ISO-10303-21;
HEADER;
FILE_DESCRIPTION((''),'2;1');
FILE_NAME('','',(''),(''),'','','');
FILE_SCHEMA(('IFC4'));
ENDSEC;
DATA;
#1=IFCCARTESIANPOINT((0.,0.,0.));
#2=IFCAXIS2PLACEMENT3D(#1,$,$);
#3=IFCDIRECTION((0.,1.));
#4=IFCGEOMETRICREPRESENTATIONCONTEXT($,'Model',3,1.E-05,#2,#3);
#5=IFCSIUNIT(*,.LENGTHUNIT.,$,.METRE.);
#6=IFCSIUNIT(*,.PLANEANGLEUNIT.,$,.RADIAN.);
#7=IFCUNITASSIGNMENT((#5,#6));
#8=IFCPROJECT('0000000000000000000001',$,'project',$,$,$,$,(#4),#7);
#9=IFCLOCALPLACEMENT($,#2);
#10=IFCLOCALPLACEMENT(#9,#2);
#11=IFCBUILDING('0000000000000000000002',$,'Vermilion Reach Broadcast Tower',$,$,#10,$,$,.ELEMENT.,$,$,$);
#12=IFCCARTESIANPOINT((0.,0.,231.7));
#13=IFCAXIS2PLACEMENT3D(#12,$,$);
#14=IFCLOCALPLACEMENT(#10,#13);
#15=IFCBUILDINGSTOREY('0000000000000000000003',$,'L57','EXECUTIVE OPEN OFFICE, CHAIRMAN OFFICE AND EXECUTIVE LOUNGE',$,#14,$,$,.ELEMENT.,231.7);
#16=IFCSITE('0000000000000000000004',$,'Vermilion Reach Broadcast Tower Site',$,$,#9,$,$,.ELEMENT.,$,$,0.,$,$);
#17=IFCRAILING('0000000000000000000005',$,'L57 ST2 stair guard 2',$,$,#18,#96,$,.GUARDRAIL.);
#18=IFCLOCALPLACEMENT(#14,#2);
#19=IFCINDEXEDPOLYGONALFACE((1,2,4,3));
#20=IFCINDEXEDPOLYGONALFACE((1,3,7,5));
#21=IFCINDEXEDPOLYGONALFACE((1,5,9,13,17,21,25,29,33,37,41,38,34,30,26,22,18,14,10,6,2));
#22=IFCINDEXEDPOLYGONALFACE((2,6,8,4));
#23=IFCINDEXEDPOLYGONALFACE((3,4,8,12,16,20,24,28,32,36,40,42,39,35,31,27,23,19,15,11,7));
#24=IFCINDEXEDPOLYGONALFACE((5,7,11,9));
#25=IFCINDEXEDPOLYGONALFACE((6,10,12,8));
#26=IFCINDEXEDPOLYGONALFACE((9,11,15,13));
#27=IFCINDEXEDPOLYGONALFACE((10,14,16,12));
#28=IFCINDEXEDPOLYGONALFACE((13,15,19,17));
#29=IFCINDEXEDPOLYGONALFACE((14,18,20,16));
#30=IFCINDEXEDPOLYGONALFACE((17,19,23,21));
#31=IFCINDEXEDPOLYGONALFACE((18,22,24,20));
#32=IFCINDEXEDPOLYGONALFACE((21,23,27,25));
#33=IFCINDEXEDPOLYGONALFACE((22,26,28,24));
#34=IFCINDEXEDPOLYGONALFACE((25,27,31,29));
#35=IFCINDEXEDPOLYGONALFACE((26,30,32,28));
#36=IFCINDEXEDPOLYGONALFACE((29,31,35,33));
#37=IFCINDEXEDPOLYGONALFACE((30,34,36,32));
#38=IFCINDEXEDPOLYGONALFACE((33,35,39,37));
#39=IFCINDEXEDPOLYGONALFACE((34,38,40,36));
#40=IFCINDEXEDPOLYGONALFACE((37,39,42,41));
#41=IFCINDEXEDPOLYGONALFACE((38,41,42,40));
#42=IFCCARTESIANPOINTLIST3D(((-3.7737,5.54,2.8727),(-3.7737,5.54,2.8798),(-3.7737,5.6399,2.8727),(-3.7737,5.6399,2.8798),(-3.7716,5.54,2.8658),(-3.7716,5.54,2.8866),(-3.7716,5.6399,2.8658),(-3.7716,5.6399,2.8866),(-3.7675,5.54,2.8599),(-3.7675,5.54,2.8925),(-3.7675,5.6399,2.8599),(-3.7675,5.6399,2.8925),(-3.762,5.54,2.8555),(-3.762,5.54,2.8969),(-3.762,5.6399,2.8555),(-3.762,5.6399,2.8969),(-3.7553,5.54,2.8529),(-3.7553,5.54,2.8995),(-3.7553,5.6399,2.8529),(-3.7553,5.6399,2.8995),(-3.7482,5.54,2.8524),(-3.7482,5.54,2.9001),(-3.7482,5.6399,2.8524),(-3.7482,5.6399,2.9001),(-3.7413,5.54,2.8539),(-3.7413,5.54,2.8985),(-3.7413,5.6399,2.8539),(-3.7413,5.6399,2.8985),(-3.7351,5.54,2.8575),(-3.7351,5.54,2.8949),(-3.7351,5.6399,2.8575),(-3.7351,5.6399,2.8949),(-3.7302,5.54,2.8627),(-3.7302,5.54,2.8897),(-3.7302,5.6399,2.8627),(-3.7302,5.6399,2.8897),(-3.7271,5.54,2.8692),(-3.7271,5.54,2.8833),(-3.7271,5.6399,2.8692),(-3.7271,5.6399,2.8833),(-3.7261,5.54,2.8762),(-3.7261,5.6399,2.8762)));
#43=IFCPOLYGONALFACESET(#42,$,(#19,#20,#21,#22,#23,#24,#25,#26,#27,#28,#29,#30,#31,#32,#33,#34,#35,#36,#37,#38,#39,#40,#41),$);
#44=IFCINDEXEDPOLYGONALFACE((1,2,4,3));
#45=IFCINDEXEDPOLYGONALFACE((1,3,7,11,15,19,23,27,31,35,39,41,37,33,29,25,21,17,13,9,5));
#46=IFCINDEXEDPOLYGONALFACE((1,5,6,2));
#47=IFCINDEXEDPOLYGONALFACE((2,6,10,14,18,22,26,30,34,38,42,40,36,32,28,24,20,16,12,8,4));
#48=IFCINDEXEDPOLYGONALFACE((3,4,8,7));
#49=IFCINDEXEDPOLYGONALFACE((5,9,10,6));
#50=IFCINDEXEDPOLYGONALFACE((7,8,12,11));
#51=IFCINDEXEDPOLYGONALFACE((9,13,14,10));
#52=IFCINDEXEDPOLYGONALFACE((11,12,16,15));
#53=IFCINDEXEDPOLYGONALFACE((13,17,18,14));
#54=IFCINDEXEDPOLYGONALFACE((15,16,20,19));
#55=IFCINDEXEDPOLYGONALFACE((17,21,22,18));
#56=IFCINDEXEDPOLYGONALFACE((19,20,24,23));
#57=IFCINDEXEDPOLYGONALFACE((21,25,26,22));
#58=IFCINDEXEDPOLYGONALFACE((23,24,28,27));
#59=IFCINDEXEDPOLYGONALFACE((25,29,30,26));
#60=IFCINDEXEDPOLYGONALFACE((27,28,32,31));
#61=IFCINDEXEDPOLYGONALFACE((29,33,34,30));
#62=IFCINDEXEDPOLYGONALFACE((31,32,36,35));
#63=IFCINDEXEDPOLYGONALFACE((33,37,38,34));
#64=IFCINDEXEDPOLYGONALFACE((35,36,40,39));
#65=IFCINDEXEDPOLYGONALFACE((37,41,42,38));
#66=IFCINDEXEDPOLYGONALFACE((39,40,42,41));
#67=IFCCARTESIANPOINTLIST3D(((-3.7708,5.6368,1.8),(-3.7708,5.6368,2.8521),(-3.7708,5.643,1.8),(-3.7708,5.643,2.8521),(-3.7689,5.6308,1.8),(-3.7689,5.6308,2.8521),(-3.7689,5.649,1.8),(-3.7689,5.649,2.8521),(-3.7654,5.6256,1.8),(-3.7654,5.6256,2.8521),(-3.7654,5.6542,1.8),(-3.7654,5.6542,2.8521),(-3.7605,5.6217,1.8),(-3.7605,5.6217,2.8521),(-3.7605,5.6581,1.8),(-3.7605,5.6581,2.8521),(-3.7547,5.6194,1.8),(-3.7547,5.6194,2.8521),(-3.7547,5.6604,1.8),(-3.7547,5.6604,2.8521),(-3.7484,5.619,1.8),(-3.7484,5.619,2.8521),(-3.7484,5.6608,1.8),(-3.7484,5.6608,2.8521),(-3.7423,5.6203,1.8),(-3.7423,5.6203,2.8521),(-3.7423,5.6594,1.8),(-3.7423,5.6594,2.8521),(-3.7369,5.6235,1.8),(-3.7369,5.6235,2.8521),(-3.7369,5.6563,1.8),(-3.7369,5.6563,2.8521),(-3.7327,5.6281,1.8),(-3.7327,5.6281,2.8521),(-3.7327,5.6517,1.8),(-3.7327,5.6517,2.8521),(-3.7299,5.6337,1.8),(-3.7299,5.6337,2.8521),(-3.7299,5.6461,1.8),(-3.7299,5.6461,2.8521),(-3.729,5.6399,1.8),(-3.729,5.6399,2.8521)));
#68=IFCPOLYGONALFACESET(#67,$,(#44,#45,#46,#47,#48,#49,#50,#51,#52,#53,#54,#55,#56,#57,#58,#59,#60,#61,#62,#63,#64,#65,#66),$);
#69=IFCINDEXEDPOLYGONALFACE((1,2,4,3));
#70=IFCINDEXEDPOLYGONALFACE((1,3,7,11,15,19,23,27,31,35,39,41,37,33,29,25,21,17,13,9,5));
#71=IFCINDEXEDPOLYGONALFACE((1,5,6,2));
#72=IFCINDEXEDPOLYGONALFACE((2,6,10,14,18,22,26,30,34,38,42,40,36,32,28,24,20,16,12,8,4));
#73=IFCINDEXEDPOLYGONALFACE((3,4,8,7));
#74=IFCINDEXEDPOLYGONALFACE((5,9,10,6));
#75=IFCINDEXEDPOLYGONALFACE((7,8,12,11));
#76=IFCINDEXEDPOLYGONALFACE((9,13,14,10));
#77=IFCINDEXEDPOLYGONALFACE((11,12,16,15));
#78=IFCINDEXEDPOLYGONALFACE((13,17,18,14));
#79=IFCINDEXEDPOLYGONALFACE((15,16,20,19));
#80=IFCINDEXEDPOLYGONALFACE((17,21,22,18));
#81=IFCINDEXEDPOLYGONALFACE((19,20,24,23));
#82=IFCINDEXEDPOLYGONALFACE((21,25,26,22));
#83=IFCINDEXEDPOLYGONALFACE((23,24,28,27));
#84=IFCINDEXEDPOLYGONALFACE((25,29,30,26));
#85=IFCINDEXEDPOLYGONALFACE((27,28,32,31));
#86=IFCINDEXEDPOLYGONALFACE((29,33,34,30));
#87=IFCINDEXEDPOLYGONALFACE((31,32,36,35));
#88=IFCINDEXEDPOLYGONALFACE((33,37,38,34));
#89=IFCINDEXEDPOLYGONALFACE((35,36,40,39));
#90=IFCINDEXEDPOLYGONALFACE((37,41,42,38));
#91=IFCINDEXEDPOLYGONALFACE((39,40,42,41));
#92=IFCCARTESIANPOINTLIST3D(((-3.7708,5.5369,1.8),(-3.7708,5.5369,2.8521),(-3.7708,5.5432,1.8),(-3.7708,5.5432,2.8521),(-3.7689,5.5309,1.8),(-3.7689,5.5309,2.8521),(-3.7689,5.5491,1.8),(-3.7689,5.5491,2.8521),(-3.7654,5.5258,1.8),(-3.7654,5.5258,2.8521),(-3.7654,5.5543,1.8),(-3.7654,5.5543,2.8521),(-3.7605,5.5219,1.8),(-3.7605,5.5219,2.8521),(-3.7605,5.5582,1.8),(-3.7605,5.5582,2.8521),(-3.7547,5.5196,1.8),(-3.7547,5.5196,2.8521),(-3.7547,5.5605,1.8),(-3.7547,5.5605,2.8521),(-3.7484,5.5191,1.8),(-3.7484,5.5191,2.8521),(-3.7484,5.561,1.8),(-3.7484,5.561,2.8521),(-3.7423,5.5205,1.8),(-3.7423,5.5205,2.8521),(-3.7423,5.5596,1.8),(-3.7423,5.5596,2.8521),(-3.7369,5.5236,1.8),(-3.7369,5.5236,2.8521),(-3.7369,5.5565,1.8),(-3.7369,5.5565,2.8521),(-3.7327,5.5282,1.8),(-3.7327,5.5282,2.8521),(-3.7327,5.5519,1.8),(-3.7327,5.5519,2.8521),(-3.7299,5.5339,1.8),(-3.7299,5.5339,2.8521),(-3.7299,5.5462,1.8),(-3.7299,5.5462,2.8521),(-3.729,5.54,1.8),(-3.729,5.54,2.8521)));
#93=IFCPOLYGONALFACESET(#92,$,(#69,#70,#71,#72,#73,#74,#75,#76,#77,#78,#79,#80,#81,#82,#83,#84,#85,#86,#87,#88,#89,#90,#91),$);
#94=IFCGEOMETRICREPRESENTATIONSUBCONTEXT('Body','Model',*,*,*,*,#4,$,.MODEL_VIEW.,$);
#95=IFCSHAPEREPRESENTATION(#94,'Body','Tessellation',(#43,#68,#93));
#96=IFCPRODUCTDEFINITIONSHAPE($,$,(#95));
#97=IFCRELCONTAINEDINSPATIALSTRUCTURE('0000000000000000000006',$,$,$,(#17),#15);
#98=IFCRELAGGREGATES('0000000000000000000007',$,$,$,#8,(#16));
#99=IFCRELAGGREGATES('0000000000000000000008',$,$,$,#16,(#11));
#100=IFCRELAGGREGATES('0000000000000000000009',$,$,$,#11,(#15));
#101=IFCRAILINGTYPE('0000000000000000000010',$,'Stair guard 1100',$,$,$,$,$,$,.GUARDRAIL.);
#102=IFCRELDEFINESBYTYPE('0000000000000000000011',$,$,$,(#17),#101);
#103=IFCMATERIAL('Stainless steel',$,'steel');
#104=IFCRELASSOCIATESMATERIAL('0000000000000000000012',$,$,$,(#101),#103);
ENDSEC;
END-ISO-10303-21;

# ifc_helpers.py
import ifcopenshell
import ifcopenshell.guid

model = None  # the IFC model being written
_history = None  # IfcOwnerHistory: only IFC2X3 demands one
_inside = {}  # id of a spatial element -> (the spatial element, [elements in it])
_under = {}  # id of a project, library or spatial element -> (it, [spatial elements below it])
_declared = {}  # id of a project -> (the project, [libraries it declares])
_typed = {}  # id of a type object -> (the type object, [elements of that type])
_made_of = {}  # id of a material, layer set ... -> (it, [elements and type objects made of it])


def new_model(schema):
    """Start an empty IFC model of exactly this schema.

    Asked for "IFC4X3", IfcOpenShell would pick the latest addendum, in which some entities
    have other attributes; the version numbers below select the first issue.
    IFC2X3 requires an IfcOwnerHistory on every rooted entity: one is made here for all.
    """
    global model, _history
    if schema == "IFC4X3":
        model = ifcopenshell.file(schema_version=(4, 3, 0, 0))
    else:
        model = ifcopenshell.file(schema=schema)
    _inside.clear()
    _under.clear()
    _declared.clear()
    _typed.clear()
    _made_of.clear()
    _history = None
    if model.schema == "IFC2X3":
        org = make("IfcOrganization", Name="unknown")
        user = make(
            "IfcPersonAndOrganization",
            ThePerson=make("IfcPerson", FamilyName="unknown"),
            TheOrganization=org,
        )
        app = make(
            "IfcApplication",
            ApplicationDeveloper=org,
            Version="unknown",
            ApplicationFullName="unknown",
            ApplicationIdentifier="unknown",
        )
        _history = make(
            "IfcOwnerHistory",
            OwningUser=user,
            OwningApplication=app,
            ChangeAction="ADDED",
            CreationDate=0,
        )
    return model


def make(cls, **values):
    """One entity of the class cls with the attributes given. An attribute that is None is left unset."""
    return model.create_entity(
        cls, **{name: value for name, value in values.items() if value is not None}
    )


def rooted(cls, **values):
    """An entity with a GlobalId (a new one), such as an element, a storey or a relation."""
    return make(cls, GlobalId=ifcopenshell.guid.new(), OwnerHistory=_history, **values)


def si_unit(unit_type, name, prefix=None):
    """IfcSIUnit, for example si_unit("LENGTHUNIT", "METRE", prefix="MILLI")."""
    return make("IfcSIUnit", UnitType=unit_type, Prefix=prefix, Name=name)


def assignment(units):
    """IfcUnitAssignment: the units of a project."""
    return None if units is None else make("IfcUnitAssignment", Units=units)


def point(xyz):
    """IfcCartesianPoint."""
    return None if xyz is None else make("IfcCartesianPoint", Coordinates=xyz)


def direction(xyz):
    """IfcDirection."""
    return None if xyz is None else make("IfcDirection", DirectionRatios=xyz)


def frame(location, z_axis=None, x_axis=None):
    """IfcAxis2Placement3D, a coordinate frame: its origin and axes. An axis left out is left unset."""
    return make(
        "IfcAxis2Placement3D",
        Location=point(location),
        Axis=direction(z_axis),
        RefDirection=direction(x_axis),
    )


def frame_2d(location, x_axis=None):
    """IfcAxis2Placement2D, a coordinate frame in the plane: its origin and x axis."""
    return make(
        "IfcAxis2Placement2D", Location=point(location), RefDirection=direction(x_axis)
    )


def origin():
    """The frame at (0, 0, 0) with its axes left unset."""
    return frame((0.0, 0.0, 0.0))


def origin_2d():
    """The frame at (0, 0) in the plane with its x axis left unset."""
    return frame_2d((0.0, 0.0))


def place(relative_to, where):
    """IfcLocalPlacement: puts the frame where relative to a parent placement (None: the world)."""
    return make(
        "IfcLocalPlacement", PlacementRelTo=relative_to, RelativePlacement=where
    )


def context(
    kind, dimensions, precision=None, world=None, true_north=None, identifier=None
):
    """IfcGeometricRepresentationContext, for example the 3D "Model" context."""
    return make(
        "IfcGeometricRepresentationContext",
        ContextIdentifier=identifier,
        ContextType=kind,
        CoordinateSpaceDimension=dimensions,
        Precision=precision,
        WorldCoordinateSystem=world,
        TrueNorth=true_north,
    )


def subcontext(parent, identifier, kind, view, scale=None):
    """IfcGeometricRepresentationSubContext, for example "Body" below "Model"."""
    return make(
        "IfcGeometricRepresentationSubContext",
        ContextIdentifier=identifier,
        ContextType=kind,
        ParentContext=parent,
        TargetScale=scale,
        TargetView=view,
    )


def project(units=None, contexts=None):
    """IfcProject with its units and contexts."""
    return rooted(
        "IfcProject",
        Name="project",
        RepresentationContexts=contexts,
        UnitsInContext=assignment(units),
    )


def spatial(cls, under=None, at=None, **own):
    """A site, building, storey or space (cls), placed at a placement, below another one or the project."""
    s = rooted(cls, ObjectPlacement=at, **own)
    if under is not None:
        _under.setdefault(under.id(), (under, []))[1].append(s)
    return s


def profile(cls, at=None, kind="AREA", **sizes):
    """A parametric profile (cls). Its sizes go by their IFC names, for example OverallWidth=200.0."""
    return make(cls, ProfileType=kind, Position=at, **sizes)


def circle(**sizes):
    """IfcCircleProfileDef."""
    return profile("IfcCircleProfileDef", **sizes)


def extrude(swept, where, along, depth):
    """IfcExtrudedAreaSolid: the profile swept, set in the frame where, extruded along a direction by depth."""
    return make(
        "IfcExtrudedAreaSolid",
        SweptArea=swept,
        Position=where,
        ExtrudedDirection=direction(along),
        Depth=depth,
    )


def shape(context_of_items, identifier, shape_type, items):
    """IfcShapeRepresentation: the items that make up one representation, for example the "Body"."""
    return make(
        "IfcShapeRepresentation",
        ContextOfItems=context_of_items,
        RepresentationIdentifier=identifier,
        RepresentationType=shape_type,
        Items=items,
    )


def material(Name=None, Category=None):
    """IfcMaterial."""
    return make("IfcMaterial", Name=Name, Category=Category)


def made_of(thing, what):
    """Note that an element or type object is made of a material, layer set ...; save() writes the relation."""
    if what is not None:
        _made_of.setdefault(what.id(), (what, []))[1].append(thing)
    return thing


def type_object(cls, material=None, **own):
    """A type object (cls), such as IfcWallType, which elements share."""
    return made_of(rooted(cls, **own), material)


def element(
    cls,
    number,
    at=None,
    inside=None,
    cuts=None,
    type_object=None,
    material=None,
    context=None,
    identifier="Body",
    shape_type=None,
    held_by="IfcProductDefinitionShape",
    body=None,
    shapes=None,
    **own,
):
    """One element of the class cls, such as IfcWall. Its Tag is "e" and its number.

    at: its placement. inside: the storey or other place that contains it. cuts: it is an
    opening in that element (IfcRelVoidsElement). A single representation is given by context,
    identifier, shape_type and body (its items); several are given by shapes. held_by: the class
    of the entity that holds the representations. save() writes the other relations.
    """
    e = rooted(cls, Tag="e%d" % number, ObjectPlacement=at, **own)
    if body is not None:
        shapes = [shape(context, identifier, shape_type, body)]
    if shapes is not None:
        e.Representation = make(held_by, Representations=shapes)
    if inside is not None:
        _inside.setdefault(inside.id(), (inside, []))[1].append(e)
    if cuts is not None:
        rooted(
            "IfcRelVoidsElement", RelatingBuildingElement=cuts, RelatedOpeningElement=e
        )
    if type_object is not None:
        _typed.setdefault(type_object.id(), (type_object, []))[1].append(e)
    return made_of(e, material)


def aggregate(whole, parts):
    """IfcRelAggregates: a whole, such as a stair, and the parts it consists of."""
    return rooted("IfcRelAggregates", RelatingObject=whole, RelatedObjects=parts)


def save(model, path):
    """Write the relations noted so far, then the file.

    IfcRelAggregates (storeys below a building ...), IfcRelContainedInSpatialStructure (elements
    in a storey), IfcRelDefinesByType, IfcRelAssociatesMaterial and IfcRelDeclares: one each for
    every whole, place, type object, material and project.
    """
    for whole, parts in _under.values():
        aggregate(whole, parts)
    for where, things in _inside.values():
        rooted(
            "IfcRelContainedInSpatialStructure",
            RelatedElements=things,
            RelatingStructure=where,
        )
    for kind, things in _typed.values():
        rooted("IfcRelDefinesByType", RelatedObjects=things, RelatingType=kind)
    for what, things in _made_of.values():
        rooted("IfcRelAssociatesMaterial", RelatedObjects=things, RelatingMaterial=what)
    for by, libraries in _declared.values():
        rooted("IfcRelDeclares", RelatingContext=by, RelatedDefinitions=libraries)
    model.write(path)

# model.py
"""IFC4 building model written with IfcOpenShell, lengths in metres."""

from ifc_helpers import new_model, si_unit, direction, frame, origin, origin_2d, place, context, subcontext, project, spatial, circle, extrude, material, type_object, element, save


model = new_model("IFC4")

# Units and contexts
model_context = context("Model", 3, precision=1e-05, world=origin(), true_north=direction((0.0, 1.0)))
body_context = subcontext(model_context, "Body", "Model", "MODEL_VIEW")
ifc_project = project(units=[si_unit("LENGTHUNIT", "METRE"), si_unit("PLANEANGLEUNIT", "RADIAN")], contexts=[model_context])

# Site, building, storey
site_placement = place(None, origin())
site = spatial("IfcSite", under=ifc_project, at=site_placement, Name="Vermilion Reach Broadcast Tower Site", CompositionType="ELEMENT", RefElevation=0.0)
building_placement = place(site_placement, origin())
building = spatial("IfcBuilding", under=site, at=building_placement, Name="Vermilion Reach Broadcast Tower", CompositionType="ELEMENT")
storey_placement = place(building_placement, frame((0.0, 0.0, 231.7)))
storey = spatial("IfcBuildingStorey", under=building, at=storey_placement, Name="L57", Description="EXECUTIVE OPEN OFFICE, CHAIRMAN OFFICE AND EXECUTIVE LOUNGE", CompositionType="ELEMENT", Elevation=231.7)

# Railing
ifc_material_1 = material(Name="Stainless steel", Category="steel")
railing_type_1 = type_object("IfcRailingType", Name="Stair guard 1100", PredefinedType="GUARDRAIL", material=ifc_material_1)
railing_1_placement = place(storey_placement, frame((-3.75, 5.6399, 1.8)))
element("IfcRailing", 1, at=railing_1_placement, inside=storey, type_object=railing_type_1, Name="L57 ST2 stair guard 2", PredefinedType="GUARDRAIL", context=body_context, shape_type="SweptSolid", body=[
    extrude(circle(Radius=0.0239, at=origin_2d()), frame((0.0, 0.0, 1.0762), z_axis=(0.0, -1.0, 0.0), x_axis=(1.0, 0.0, 0.0)), (0.0, 0.0, 1.0), 0.0999),
    extrude(circle(Radius=0.021, at=origin_2d()), origin(), (0.0, 0.0, 1.0), 1.052),
    extrude(circle(Radius=0.021, at=origin_2d()), frame((0.0, -0.0999, 0.0)), (0.0, 0.0, 1.0), 1.052),
])

save(model, "model.ifc")
